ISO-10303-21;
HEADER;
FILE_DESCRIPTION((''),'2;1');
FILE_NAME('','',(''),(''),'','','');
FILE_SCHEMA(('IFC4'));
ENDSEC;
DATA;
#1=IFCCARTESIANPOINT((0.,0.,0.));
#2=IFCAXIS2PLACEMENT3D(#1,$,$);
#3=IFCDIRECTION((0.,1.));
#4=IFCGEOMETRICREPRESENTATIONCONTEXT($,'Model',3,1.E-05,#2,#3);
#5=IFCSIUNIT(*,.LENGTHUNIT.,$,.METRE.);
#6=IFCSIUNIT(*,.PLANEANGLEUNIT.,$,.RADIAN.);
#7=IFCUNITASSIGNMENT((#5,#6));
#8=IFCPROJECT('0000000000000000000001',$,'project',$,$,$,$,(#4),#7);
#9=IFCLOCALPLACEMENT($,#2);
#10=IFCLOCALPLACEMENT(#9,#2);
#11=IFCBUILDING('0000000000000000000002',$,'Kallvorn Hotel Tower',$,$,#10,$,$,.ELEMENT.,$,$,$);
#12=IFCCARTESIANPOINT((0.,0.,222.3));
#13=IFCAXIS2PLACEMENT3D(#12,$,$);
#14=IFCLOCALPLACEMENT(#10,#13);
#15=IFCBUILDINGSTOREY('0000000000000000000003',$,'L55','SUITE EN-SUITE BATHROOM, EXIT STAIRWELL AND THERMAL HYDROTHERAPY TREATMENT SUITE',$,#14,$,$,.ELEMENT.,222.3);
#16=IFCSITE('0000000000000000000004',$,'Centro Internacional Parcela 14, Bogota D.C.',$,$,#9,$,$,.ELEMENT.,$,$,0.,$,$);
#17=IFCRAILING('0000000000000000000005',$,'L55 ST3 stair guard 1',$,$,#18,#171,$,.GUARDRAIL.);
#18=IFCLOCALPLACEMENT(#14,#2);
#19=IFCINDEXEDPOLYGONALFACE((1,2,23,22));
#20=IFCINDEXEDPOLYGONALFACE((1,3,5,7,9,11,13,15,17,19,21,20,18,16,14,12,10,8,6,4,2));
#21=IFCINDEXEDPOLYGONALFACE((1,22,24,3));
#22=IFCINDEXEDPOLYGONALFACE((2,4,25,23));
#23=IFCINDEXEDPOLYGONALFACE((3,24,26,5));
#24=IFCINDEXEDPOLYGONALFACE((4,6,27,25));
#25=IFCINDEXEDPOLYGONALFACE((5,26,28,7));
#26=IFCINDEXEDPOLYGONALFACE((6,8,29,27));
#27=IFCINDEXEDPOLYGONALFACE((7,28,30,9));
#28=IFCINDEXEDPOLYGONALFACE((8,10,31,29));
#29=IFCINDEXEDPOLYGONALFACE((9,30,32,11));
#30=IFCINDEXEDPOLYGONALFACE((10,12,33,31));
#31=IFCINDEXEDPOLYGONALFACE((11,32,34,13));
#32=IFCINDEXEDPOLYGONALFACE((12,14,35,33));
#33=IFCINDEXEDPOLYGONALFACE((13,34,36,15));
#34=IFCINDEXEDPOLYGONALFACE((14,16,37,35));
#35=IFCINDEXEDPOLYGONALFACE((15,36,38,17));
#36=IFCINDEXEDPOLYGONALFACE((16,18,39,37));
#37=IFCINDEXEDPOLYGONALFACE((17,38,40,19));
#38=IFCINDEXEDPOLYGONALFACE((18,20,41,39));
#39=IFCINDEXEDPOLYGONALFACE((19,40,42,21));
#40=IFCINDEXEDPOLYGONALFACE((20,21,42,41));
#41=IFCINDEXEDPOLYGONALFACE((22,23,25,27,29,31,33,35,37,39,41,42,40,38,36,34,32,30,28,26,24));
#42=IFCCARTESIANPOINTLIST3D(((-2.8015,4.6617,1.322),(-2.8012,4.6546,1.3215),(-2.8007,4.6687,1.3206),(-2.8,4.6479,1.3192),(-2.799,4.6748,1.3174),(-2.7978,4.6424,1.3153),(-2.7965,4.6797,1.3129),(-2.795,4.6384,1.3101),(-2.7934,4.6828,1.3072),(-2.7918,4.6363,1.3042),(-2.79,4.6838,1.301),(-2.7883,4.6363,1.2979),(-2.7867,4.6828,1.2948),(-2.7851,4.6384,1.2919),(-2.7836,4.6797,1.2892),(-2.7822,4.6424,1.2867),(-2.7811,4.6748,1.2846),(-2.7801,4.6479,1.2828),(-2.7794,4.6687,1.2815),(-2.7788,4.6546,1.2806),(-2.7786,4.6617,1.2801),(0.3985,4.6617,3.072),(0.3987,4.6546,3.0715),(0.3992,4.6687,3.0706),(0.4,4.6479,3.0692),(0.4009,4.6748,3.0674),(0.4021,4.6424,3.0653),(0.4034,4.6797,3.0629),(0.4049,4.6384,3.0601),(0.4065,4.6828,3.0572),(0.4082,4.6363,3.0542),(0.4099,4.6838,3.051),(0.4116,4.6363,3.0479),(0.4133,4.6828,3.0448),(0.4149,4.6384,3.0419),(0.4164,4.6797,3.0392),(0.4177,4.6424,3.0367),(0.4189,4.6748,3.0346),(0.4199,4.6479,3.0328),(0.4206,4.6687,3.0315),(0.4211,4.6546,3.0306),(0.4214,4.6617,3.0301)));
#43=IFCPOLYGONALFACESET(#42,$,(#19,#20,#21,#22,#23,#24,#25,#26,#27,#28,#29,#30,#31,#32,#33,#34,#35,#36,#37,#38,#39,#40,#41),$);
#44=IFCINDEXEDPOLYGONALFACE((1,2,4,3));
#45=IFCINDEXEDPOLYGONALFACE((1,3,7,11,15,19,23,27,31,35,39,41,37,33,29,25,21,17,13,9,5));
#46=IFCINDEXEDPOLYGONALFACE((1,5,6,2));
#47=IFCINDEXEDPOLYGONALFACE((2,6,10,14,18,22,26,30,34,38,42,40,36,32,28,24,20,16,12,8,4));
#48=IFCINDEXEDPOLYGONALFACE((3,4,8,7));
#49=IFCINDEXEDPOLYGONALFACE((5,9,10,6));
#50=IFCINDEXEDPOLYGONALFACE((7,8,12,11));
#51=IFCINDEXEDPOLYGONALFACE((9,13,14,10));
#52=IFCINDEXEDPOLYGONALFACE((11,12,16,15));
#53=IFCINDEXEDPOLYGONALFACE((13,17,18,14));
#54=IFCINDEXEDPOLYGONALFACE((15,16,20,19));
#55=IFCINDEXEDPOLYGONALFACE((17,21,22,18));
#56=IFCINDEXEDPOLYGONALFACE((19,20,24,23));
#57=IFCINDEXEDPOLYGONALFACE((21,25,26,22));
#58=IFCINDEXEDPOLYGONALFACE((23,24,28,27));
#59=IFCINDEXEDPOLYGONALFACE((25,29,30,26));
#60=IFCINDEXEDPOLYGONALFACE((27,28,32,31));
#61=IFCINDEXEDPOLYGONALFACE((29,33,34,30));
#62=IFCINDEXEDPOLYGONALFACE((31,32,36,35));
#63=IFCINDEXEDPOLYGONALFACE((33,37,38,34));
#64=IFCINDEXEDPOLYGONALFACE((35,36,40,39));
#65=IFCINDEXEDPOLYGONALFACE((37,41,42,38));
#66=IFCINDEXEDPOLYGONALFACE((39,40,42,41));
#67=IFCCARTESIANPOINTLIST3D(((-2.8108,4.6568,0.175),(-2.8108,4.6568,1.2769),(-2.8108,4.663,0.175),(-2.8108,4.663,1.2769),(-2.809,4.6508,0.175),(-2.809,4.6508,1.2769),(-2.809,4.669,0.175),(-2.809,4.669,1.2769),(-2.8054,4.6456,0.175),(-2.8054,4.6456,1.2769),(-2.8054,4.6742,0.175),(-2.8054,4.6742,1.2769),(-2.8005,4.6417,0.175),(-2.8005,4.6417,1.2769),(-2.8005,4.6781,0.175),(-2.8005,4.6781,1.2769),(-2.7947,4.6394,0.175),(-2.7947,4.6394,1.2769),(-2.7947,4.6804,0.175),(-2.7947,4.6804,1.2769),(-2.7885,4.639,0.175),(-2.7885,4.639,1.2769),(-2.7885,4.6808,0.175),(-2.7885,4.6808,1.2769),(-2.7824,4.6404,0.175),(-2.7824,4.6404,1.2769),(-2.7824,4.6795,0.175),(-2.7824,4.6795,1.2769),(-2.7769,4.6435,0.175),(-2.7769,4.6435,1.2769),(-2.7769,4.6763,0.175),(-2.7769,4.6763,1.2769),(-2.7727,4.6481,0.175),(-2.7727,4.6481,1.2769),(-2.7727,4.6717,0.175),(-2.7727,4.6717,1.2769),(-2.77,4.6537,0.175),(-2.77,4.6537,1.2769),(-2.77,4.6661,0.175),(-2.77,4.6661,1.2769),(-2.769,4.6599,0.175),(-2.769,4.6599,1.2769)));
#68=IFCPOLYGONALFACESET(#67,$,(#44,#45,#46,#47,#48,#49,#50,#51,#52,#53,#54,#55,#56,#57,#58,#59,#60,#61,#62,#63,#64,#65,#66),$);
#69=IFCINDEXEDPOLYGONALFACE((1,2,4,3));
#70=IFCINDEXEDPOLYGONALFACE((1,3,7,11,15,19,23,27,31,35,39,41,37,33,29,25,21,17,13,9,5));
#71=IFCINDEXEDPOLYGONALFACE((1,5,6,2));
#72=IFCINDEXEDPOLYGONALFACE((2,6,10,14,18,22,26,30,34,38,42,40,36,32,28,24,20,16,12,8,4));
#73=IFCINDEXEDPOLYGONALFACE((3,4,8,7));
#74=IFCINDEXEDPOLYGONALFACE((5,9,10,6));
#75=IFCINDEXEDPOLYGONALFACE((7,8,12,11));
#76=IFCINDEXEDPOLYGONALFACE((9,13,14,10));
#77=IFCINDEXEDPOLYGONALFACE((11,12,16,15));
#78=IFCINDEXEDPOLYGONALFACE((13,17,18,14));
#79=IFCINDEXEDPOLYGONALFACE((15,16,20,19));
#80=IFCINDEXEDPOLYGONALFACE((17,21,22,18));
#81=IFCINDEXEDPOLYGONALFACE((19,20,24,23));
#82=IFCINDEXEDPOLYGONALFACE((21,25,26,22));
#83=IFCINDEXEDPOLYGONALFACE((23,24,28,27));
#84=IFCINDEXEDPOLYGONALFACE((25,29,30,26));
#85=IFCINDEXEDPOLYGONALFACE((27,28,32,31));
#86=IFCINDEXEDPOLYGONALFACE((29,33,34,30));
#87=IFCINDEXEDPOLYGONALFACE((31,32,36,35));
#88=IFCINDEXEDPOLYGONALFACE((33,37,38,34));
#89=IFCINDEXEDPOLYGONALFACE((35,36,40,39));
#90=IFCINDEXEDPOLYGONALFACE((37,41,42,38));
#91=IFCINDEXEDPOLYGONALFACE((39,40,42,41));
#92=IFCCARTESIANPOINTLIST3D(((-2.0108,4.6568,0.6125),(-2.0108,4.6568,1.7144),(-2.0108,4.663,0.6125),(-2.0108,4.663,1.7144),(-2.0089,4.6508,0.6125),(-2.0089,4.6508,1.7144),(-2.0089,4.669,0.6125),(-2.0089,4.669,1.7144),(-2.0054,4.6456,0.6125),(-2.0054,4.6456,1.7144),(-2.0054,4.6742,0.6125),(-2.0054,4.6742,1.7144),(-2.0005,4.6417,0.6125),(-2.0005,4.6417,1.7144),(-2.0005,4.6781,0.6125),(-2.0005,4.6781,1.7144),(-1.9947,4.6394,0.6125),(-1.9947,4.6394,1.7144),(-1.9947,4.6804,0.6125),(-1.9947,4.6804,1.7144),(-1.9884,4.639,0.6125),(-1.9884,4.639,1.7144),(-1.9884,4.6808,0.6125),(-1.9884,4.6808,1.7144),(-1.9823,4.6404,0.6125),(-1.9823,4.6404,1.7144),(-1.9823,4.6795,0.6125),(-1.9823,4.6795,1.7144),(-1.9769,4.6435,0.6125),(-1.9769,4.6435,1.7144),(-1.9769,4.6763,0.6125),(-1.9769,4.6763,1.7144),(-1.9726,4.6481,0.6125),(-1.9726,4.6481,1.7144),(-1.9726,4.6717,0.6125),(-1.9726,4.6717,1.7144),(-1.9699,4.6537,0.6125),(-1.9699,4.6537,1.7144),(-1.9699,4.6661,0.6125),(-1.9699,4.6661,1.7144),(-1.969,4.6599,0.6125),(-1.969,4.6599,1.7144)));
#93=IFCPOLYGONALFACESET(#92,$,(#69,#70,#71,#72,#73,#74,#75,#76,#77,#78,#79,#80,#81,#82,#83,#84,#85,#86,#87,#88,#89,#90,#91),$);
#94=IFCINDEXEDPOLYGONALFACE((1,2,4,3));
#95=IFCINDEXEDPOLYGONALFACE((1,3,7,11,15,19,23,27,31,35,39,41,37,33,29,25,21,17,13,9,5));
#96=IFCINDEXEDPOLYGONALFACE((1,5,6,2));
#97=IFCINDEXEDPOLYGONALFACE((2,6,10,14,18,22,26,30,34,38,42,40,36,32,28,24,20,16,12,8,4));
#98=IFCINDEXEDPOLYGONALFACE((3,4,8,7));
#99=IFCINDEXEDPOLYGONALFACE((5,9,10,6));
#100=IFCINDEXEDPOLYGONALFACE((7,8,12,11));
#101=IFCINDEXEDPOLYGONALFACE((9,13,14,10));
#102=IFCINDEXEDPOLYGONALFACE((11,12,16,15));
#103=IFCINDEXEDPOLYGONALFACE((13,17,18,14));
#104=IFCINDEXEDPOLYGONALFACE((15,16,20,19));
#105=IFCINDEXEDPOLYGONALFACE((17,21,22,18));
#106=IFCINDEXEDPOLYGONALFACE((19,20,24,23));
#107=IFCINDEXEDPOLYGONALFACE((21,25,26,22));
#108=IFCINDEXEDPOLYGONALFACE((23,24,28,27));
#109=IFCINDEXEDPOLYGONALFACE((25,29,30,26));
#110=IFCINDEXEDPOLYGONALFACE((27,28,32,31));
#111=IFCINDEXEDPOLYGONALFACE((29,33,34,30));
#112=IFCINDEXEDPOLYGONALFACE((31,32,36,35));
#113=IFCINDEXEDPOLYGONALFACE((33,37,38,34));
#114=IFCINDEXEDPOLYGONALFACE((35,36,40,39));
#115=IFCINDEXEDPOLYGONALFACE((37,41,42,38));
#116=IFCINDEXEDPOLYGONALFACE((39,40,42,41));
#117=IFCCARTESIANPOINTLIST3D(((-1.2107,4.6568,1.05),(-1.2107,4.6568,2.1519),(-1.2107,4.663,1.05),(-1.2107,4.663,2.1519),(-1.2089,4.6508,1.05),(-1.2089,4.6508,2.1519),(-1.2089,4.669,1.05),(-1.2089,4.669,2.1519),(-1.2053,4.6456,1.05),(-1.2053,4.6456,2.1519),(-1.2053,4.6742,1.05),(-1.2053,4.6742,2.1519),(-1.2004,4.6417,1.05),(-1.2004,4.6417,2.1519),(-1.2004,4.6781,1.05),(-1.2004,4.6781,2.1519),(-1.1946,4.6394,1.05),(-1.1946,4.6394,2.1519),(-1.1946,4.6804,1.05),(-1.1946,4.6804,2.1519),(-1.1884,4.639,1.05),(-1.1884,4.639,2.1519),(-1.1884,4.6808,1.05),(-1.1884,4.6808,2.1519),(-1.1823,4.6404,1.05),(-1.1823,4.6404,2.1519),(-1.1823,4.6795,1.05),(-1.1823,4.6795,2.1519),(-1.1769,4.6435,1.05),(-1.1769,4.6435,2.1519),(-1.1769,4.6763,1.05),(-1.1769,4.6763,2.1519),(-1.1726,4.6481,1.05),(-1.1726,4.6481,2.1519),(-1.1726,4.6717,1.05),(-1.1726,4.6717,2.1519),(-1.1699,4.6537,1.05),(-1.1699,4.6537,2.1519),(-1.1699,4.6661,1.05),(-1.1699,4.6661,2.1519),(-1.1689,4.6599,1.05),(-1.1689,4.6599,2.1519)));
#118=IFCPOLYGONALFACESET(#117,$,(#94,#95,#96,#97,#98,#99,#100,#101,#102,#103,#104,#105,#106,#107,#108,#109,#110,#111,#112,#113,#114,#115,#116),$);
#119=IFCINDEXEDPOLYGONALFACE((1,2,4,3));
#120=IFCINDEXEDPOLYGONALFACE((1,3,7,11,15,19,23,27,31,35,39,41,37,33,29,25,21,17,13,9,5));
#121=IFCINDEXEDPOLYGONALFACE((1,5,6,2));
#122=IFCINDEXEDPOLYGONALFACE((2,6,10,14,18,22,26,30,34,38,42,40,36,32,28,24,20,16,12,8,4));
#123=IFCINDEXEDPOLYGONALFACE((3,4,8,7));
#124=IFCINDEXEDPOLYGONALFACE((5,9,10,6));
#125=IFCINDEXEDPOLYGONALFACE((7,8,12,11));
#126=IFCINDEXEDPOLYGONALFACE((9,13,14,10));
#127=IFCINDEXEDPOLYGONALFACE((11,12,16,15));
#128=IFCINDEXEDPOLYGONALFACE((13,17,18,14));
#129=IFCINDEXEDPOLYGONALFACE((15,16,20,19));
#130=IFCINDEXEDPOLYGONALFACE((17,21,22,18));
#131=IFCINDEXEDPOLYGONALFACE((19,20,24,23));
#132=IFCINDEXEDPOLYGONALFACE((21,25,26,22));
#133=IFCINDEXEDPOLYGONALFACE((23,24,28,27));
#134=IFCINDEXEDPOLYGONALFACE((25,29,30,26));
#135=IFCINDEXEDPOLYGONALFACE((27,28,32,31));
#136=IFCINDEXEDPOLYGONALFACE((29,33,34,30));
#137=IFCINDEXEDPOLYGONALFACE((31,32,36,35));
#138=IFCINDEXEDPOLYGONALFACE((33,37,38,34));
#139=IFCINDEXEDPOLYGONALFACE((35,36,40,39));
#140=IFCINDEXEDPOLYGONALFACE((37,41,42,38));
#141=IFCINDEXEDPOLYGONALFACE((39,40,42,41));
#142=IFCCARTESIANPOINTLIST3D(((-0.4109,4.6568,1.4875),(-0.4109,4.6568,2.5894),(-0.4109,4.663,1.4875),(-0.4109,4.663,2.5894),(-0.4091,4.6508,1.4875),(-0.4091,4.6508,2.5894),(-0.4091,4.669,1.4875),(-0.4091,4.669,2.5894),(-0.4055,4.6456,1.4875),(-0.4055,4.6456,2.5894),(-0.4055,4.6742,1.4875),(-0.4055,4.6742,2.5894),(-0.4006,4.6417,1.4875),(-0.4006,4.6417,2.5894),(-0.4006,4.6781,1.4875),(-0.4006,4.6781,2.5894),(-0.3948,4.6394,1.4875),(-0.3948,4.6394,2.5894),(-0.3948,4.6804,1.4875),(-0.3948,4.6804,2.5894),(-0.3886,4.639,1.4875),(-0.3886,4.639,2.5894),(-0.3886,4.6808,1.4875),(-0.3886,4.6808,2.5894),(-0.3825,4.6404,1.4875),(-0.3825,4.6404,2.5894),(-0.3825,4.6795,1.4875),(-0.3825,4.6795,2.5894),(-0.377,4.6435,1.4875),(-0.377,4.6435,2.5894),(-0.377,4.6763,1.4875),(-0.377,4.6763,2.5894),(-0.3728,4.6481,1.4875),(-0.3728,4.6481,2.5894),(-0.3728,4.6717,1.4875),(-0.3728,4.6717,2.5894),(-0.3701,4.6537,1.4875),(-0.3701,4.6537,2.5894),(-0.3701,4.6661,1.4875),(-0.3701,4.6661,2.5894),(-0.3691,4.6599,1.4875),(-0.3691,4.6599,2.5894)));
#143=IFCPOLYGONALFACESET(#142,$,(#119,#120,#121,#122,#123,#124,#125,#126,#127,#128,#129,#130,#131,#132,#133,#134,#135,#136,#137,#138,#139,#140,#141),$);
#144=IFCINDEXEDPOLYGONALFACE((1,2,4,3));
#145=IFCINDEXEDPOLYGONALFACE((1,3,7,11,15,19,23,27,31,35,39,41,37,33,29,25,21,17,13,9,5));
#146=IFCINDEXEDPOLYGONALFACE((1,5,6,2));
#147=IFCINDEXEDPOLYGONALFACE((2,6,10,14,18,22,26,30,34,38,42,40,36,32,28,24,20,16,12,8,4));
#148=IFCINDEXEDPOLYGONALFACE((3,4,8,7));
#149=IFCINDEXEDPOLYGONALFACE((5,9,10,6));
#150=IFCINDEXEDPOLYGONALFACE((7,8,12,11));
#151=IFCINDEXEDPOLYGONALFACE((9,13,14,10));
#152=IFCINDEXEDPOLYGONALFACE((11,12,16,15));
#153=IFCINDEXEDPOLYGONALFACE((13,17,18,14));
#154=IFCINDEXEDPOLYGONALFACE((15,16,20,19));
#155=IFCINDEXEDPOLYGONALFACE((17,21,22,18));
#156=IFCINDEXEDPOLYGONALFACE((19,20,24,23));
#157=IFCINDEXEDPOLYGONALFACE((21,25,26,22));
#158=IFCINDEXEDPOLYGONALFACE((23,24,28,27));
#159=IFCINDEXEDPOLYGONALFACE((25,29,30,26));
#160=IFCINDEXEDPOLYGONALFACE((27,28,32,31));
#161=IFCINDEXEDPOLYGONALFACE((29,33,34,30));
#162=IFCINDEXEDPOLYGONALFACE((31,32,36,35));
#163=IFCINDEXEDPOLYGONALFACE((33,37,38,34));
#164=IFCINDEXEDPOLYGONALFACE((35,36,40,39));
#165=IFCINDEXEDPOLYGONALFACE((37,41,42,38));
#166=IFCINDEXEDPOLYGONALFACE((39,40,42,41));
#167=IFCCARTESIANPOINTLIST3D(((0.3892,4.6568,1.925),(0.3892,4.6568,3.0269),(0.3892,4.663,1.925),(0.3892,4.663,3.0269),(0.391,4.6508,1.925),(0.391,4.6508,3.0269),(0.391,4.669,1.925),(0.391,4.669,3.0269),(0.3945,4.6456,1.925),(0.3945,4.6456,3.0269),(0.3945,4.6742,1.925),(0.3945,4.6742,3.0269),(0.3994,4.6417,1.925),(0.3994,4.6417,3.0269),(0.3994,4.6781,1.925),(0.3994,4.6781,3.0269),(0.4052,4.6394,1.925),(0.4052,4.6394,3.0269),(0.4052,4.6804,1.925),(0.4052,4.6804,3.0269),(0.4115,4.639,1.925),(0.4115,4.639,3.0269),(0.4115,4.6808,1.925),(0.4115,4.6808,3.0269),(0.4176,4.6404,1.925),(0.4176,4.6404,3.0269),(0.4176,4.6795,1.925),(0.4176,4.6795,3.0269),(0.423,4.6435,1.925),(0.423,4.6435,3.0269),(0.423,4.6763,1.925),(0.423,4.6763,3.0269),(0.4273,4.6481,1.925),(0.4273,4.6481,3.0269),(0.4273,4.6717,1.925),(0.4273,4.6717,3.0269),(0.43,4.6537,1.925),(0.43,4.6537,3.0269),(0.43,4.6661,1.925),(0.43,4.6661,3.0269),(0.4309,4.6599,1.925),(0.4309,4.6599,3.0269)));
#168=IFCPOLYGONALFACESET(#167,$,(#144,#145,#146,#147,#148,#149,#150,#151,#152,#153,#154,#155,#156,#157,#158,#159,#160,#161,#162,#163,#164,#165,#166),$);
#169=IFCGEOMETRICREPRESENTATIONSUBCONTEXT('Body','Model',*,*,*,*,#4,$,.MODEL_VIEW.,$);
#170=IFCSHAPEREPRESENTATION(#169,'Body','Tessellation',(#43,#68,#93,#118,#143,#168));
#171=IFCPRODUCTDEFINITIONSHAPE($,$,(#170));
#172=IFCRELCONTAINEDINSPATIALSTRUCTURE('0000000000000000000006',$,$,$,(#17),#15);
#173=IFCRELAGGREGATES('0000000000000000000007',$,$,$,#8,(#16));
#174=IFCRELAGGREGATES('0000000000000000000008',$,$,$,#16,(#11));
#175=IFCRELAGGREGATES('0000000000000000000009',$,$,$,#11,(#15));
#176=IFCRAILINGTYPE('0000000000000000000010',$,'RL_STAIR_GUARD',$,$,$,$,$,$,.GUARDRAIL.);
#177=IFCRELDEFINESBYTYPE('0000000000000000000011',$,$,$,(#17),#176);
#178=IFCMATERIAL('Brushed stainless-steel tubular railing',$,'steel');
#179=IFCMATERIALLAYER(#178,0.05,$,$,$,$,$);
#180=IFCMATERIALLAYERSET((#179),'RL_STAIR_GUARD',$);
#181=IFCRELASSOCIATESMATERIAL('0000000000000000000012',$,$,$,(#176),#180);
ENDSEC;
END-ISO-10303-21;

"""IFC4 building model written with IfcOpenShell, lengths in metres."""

from ifc_helpers import new_model, si_unit, direction, frame, origin, origin_2d, place, context, subcontext, project, spatial, circle, extrude, material, layer, layer_set, type_object, element, save


model = new_model("IFC4")

# Units and contexts
model_context = context("Model", 3, precision=1e-05, world=origin(), true_north=direction((0.0, 1.0)))
body_context = subcontext(model_context, "Body", "Model", "MODEL_VIEW")
ifc_project = project(units=[si_unit("LENGTHUNIT", "METRE"), si_unit("PLANEANGLEUNIT", "RADIAN")], contexts=[model_context])

# Site, building, storey
site_placement = place(None, origin())
site = spatial("IfcSite", under=ifc_project, at=site_placement, Name="Centro Internacional Parcela 14, Bogota D.C.", CompositionType="ELEMENT", RefElevation=0.0)
building_placement = place(site_placement, origin())
building = spatial("IfcBuilding", under=site, at=building_placement, Name="Kallvorn Hotel Tower", CompositionType="ELEMENT")
storey_placement = place(building_placement, frame((0.0, 0.0, 222.3)))
storey = spatial("IfcBuildingStorey", under=building, at=storey_placement, Name="L55", Description="SUITE EN-SUITE BATHROOM, EXIT STAIRWELL AND THERMAL HYDROTHERAPY TREATMENT SUITE", CompositionType="ELEMENT", Elevation=222.3)

# Railing
ifc_material_1 = material(Name="Brushed stainless-steel tubular railing", Category="steel")
ifc_layer_1 = layer(ifc_material_1, 0.05)
ifc_layer_set_1 = layer_set([ifc_layer_1], Name="RL_STAIR_GUARD")
railing_type_1 = type_object("IfcRailingType", Name="RL_STAIR_GUARD", PredefinedType="GUARDRAIL", material=ifc_layer_set_1)
railing_1_placement = place(storey_placement, frame((-2.79, 4.6599, 0.175)))
element("IfcRailing", 1, at=railing_1_placement, inside=storey, type_object=railing_type_1, Name="L55 ST3 stair guard 1", PredefinedType="GUARDRAIL", context=body_context, shape_type="SweptSolid", body=[
    extrude(circle(Radius=0.0239, at=origin_2d()), frame((0.0, 0.0, 1.126), z_axis=(0.877368, 0.0, 0.479818), x_axis=(0.0, 1.0, 0.0)), (0.0, 0.0, 1.0), 3.6472),
    extrude(circle(Radius=0.021, at=origin_2d()), origin(), (0.0, 0.0, 1.0), 1.1018),
    extrude(circle(Radius=0.021, at=origin_2d()), frame((0.8, 0.0, 0.4375)), (0.0, 0.0, 1.0), 1.1018),
    extrude(circle(Radius=0.021, at=origin_2d()), frame((1.6001, 0.0, 0.875)), (0.0, 0.0, 1.0), 1.1018),
    extrude(circle(Radius=0.021, at=origin_2d()), frame((2.3999, 0.0, 1.3125)), (0.0, 0.0, 1.0), 1.1018),
    extrude(circle(Radius=0.021, at=origin_2d()), frame((3.2, 0.0, 1.75)), (0.0, 0.0, 1.0), 1.1018),
])

save(model, "model.ifc")
